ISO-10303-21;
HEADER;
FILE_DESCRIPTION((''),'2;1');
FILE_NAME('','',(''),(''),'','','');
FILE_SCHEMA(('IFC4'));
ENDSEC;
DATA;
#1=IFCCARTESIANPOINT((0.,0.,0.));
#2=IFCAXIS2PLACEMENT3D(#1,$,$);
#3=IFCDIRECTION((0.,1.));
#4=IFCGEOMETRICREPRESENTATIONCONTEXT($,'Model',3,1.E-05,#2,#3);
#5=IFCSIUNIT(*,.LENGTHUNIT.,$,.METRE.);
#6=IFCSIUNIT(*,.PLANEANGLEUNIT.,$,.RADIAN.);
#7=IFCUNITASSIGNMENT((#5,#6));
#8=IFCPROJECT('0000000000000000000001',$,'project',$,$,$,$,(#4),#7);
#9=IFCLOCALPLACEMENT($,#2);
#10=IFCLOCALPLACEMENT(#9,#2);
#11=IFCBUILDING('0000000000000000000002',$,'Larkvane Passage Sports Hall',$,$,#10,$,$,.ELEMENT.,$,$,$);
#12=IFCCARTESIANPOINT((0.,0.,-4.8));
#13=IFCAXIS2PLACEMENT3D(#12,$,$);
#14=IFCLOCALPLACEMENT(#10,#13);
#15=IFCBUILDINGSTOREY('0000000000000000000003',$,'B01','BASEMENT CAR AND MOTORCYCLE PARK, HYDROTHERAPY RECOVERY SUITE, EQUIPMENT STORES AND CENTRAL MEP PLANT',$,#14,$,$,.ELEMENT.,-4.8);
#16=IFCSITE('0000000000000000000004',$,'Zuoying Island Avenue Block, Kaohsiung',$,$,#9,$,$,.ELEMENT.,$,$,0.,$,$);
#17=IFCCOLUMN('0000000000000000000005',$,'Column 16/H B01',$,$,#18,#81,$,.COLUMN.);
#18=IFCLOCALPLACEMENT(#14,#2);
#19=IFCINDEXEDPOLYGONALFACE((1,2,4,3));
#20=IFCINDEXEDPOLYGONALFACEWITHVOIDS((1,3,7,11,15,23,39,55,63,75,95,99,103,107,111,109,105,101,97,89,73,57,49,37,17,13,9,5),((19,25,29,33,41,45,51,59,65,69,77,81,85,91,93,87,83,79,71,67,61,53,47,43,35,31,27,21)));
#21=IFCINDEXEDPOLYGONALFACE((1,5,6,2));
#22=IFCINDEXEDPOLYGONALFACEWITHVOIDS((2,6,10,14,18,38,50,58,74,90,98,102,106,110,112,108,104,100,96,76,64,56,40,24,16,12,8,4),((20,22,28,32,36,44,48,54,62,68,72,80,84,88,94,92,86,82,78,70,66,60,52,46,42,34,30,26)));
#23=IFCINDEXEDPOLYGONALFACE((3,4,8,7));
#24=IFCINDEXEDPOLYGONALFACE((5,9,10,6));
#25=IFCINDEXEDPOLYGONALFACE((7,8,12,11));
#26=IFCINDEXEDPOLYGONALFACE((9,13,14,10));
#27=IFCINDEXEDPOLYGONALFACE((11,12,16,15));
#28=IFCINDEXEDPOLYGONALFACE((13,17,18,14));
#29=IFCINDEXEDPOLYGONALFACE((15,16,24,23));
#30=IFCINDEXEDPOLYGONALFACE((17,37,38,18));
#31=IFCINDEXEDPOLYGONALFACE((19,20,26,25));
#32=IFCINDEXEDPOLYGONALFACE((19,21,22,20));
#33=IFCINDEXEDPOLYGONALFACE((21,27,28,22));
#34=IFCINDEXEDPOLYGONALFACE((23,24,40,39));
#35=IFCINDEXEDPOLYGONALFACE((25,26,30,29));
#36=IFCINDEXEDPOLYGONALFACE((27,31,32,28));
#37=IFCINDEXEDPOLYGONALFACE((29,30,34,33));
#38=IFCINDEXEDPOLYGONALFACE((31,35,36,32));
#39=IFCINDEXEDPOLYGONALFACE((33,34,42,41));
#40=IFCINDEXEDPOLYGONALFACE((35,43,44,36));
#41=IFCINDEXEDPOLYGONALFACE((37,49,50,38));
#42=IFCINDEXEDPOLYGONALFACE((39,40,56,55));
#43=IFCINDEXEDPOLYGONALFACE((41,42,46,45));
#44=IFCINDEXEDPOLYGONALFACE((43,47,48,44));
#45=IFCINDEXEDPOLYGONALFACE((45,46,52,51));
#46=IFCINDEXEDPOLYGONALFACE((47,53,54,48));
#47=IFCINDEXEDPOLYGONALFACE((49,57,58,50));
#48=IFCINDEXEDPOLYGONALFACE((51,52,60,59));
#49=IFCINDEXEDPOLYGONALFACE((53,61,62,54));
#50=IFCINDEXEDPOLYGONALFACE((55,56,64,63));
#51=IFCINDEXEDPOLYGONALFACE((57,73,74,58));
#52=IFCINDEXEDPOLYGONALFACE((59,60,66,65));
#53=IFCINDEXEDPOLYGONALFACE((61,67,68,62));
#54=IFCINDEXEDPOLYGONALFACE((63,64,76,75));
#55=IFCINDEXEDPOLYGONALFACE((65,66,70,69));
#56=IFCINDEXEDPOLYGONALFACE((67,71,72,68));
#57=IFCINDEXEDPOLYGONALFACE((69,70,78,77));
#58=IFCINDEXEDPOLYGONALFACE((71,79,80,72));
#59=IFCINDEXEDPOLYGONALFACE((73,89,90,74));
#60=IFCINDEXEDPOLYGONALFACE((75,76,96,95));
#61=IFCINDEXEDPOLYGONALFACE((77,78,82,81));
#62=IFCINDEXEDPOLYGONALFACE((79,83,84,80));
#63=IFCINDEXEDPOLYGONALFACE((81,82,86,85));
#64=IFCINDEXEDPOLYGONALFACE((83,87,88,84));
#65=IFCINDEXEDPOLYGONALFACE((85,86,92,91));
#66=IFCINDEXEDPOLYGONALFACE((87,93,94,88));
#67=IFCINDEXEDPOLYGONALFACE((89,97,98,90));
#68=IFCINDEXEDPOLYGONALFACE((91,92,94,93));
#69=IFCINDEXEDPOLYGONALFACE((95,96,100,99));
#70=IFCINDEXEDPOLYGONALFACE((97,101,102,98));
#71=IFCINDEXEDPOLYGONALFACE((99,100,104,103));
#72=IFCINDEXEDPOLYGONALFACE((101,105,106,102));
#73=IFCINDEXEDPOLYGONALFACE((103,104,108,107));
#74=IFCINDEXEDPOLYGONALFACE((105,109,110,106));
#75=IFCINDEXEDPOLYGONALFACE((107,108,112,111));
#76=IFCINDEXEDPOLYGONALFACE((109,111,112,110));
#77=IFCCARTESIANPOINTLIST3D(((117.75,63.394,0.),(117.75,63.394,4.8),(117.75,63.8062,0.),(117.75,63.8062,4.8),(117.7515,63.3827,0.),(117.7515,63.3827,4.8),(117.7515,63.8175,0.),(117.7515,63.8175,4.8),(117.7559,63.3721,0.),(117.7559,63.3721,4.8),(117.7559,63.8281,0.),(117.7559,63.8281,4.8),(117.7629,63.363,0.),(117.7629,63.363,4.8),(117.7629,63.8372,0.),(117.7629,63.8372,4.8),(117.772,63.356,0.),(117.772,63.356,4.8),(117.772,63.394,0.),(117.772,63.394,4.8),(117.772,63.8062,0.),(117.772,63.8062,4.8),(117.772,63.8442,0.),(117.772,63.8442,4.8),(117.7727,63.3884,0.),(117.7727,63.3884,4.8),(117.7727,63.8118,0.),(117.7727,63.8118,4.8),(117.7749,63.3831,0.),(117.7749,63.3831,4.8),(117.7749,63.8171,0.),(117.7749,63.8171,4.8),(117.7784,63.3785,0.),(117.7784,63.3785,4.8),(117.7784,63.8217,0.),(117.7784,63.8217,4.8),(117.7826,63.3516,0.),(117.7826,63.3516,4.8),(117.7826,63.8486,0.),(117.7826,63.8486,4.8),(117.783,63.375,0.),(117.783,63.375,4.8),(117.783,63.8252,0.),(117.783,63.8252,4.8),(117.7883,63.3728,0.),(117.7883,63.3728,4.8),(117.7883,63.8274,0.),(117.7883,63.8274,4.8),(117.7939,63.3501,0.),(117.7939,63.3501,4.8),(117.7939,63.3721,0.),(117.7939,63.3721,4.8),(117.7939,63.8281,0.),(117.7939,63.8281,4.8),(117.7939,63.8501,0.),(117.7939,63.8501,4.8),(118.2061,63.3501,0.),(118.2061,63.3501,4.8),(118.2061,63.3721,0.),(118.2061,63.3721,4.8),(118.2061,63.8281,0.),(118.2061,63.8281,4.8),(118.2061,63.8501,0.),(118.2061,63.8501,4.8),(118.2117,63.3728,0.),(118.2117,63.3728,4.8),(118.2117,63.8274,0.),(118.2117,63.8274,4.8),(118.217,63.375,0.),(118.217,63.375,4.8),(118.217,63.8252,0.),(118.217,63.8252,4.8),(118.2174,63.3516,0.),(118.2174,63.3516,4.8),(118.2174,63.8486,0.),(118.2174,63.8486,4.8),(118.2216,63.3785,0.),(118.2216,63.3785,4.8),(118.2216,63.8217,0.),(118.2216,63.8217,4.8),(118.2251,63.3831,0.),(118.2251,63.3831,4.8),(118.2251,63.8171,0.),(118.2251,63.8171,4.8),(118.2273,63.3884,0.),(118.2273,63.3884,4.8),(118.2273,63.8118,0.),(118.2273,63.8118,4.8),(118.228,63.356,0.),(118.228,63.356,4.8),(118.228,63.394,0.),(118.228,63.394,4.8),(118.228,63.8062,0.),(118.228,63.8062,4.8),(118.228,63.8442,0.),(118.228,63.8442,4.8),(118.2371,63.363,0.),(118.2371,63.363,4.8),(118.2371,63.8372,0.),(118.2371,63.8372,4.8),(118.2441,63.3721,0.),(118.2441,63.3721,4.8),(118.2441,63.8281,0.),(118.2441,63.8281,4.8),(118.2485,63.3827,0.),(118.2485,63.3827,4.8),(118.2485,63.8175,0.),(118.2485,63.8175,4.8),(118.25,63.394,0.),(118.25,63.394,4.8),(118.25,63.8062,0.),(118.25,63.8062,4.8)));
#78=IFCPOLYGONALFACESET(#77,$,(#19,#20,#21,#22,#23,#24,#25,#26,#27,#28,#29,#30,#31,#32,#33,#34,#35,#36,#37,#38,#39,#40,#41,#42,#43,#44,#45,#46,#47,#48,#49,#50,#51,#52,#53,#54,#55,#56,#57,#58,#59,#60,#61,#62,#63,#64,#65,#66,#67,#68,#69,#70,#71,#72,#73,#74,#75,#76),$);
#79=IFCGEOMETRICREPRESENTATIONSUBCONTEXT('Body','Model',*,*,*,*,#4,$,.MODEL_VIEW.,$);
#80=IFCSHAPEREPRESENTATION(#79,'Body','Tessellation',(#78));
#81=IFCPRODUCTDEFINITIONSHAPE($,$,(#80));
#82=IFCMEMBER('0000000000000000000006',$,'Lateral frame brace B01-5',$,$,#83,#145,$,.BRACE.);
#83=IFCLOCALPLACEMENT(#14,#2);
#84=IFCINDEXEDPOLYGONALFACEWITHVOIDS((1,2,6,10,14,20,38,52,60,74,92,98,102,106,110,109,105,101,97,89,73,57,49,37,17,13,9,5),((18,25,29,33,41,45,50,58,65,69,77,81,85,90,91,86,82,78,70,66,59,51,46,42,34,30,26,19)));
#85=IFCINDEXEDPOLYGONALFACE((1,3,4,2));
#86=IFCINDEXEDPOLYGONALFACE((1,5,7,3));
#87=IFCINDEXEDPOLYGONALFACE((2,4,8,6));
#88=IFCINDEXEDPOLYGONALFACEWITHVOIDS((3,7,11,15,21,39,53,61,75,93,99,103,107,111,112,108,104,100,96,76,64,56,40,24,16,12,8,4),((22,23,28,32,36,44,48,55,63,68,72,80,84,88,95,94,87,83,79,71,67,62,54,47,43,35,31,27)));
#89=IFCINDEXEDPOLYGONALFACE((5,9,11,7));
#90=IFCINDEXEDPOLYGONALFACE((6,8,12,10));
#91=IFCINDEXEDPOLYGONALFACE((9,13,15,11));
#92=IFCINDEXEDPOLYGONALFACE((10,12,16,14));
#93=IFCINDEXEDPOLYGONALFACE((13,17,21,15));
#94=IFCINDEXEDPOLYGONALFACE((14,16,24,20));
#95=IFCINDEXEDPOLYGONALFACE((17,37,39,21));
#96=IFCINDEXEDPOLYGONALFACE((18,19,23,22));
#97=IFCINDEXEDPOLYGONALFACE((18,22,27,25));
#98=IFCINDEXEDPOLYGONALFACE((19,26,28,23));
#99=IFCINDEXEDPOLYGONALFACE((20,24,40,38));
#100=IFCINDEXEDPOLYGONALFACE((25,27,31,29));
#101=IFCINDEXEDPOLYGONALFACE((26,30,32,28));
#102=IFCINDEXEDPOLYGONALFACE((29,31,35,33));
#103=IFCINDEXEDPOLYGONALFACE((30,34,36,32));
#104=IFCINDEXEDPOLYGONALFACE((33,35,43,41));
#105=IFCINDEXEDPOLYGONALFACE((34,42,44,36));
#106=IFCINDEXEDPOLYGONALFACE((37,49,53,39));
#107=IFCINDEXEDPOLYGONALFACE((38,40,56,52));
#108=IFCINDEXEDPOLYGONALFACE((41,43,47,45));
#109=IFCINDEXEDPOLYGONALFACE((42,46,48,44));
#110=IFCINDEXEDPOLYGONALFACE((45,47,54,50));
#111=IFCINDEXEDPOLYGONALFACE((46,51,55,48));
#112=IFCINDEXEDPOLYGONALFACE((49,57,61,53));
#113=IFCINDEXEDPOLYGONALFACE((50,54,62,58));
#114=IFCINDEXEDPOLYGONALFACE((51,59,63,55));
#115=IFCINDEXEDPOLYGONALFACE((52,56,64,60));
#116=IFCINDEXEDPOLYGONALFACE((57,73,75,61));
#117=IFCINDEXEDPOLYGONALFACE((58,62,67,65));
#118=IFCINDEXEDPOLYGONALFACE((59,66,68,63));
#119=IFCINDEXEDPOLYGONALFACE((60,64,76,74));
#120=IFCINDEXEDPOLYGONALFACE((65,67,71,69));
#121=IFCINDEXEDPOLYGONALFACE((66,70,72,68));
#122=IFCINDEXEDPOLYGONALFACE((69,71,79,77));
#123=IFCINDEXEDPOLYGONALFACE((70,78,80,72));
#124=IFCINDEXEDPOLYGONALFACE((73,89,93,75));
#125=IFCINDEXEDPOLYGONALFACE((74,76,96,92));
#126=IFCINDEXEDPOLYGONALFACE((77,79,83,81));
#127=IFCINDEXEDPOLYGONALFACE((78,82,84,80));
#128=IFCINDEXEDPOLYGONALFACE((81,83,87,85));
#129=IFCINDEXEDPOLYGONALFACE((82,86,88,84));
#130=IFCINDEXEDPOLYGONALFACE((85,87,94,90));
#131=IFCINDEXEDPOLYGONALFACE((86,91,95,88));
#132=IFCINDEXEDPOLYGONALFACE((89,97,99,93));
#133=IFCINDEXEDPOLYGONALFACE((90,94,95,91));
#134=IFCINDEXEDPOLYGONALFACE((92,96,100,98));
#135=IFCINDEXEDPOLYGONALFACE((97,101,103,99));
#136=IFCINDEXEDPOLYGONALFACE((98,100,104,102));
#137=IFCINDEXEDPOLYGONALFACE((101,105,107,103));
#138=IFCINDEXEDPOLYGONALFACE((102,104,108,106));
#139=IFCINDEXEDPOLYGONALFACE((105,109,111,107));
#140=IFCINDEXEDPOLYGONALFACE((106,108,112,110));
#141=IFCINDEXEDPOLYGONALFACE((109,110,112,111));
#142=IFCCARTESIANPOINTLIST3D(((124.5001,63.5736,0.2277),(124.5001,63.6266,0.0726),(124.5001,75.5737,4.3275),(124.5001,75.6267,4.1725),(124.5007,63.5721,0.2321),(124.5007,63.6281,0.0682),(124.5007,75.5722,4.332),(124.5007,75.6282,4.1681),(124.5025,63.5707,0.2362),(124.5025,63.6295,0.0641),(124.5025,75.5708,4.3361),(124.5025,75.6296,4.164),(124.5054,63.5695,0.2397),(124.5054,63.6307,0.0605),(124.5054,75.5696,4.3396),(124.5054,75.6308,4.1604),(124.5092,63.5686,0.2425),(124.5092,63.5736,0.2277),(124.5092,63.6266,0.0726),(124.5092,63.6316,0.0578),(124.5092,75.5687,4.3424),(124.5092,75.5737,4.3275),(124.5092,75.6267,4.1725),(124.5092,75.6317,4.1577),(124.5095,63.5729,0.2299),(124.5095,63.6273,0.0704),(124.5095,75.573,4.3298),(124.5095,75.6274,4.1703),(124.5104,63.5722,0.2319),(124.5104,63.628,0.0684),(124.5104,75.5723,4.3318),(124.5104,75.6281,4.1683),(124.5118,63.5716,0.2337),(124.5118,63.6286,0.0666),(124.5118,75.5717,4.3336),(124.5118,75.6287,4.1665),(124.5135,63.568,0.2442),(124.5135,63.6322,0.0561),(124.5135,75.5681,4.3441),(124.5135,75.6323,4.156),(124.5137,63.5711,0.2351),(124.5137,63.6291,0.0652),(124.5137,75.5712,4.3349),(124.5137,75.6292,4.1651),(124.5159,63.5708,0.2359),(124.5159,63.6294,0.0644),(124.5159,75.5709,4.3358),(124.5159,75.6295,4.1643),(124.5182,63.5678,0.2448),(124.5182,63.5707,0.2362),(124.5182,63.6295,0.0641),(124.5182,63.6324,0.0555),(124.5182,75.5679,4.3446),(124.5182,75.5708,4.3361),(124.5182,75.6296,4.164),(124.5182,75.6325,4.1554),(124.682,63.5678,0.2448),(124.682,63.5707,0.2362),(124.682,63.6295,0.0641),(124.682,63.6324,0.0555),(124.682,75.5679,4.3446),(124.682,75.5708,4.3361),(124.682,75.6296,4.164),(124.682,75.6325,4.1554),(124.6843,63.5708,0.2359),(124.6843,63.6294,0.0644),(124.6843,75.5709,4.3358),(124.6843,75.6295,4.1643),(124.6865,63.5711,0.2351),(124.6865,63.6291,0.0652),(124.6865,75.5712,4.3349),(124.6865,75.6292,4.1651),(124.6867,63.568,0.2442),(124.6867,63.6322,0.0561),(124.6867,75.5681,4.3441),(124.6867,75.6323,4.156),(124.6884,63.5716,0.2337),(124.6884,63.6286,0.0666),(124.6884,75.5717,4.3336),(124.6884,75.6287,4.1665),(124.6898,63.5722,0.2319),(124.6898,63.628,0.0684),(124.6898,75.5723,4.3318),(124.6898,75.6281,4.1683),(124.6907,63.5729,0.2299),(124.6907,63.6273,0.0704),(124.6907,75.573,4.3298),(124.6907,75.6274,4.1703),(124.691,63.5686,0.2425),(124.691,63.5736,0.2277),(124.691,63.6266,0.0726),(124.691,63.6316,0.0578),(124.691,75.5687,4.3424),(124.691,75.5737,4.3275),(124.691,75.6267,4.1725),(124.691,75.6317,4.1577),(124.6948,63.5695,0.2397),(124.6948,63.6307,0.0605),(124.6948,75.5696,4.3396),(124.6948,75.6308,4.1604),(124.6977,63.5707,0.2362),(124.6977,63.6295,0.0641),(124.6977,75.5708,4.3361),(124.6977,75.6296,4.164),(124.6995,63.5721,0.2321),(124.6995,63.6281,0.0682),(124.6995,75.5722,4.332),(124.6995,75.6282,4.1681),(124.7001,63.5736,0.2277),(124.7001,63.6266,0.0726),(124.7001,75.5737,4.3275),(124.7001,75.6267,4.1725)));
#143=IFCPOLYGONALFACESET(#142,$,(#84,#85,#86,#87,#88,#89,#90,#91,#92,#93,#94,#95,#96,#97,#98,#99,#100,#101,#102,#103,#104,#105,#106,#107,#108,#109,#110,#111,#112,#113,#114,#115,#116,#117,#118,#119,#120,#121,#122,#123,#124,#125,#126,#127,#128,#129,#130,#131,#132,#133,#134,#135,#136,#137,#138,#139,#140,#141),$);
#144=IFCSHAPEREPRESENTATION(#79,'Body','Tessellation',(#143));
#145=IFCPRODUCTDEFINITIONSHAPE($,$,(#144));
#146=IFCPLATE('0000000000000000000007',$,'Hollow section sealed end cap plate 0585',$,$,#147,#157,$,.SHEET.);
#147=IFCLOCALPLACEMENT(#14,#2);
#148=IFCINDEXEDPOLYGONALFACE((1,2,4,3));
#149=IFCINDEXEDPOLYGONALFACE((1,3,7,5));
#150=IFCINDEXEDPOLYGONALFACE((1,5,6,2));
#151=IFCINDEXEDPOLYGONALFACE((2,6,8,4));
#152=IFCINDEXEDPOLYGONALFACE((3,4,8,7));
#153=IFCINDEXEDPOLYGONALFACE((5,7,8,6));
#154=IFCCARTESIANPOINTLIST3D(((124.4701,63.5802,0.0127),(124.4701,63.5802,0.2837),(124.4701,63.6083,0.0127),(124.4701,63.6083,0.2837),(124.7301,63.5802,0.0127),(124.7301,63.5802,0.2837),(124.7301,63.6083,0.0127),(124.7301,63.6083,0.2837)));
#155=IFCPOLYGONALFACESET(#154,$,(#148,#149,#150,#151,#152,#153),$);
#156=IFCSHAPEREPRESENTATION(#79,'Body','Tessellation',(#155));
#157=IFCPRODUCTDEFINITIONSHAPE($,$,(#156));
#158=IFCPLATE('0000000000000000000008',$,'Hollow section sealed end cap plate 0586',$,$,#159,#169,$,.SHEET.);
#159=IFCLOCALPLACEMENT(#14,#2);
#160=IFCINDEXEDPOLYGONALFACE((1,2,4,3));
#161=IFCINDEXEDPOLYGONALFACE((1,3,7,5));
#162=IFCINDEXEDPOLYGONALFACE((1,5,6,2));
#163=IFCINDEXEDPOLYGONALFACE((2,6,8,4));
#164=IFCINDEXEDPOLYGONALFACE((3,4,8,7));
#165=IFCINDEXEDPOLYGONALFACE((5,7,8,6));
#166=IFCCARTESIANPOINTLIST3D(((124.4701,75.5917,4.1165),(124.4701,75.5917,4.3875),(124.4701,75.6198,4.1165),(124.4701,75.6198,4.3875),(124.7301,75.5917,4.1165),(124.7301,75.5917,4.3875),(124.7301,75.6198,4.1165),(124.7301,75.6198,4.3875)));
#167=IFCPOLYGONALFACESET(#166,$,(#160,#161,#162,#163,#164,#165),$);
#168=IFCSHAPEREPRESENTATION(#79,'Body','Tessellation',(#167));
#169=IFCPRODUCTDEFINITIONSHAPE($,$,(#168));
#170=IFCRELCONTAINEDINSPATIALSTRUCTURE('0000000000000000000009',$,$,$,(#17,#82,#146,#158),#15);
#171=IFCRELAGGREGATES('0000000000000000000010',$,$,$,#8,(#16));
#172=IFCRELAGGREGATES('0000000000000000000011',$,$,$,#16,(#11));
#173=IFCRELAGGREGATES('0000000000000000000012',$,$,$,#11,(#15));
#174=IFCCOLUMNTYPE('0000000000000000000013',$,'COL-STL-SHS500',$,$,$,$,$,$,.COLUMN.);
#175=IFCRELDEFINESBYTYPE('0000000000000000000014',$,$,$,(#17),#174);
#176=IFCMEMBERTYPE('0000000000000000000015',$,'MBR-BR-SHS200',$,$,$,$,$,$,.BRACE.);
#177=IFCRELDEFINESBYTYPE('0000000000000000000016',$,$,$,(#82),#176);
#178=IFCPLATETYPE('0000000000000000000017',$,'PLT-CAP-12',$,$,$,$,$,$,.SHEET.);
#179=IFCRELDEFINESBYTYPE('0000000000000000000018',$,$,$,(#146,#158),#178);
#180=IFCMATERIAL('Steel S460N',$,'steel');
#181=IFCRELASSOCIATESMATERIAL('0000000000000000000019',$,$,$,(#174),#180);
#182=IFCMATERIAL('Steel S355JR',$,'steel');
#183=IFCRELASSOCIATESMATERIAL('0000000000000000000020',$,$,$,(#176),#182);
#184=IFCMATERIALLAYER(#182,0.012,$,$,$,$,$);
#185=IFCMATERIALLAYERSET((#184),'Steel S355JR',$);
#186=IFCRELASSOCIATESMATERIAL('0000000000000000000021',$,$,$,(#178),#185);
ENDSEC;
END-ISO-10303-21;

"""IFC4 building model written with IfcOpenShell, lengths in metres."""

from ifc_helpers import new_model, si_unit, direction, frame, origin, origin_2d, place, context, subcontext, project, spatial, rectangle, hollow_rectangle, extrude, material, layer, layer_set, material_profile, profile_set, type_object, element, save


model = new_model("IFC4")

# Units and contexts
model_context = context("Model", 3, precision=1e-05, world=origin(), true_north=direction((0.0, 1.0)))
body_context = subcontext(model_context, "Body", "Model", "MODEL_VIEW")
ifc_project = project(units=[si_unit("LENGTHUNIT", "METRE"), si_unit("PLANEANGLEUNIT", "RADIAN")], contexts=[model_context])

# Site, building, storey
site_placement = place(None, origin())
site = spatial("IfcSite", under=ifc_project, at=site_placement, Name="Zuoying Island Avenue Block, Kaohsiung", CompositionType="ELEMENT", RefElevation=0.0)
building_placement = place(site_placement, origin())
building = spatial("IfcBuilding", under=site, at=building_placement, Name="Larkvane Passage Sports Hall", CompositionType="ELEMENT")
storey_placement = place(building_placement, frame((0.0, 0.0, -4.8)))
storey = spatial("IfcBuildingStorey", under=building, at=storey_placement, Name="B01", Description="BASEMENT CAR AND MOTORCYCLE PARK, HYDROTHERAPY RECOVERY SUITE, EQUIPMENT STORES AND CENTRAL MEP PLANT", CompositionType="ELEMENT", Elevation=-4.8)

# Column
ifc_material_1 = material(Name="Steel S460N", Category="steel")
ifc_material_2 = material(Name="Steel S355JR", Category="steel")
ifc_material_profile_1 = material_profile(ifc_material_1, hollow_rectangle(XDim=0.5, YDim=0.5, WallThickness=0.022, InnerFilletRadius=0.022, OuterFilletRadius=0.0439, at=origin_2d()), Name="SHS-500x500x22")
ifc_profile_set_1 = profile_set([ifc_material_profile_1], Name="Steel S460N")
column_type_1 = type_object("IfcColumnType", Name="COL-STL-SHS500", PredefinedType="COLUMN", material=ifc_profile_set_1)
column_1_placement = place(storey_placement, frame((118.0, 63.6001, 0.0), z_axis=(0.0, 0.0, 1.0), x_axis=(1.0, 0.0, 0.0)))
element("IfcColumn", 1, at=column_1_placement, inside=storey, type_object=column_type_1, Name="Column 16/H B01", PredefinedType="COLUMN", context=body_context, shape_type="SweptSolid", body=[
    extrude(hollow_rectangle(XDim=0.5, YDim=0.5, WallThickness=0.022, InnerFilletRadius=0.022, OuterFilletRadius=0.0439, at=origin_2d()), origin(), (0.0, 0.0, 1.0), 4.8),
])

# Member
ifc_material_profile_2 = material_profile(ifc_material_2, hollow_rectangle(XDim=0.2, YDim=0.2, WallThickness=0.009, InnerFilletRadius=0.009, OuterFilletRadius=0.0181, at=origin_2d()), Name="SHS-200x200x9")
ifc_profile_set_2 = profile_set([ifc_material_profile_2], Name="Steel S355JR")
member_type = type_object("IfcMemberType", Name="MBR-BR-SHS200", PredefinedType="BRACE", material=ifc_profile_set_2)
member_placement = place(storey_placement, frame((124.6001, 63.6001, 0.1501), z_axis=(0.0, 0.946295, 0.323306), x_axis=(-1.0, 0.0, 0.0)))
element("IfcMember", 2, at=member_placement, inside=storey, type_object=member_type, Name="Lateral frame brace B01-5", PredefinedType="BRACE", context=body_context, shape_type="SweptSolid", body=[
    extrude(hollow_rectangle(XDim=0.2, YDim=0.2, WallThickness=0.009, InnerFilletRadius=0.009, OuterFilletRadius=0.0181, at=origin_2d()), origin(), (0.0, 0.0, 1.0), 12.6812),
])

# Plates
ifc_layer = layer(ifc_material_2, 0.012)
ifc_layer_set = layer_set([ifc_layer], Name="Steel S355JR")
plate_type = type_object("IfcPlateType", Name="PLT-CAP-12", PredefinedType="SHEET", material=ifc_layer_set)
for number, where, z_axis, x_axis, name in (
    (3, (124.6001, 63.5942, 0.0127), (0.0, 0.0, 1.0), (-1.0, 0.0, 0.0), "Hollow section sealed end cap plate 0585"),
    (4, (124.6001, 75.6057, 4.1165), (0.0, 0.0, 1.0), (-1.0, 0.0, 0.0), "Hollow section sealed end cap plate 0586"),
):
    element("IfcPlate", number, at=place(storey_placement, frame(where, z_axis=z_axis, x_axis=x_axis)), inside=storey, type_object=plate_type, Name=name, PredefinedType="SHEET", context=body_context, shape_type="SweptSolid", body=[
        extrude(rectangle(XDim=0.26, YDim=0.0281, at=origin_2d()), origin(), (0.0, 0.0, 1.0), 0.271),
    ])

save(model, "model.ifc")
